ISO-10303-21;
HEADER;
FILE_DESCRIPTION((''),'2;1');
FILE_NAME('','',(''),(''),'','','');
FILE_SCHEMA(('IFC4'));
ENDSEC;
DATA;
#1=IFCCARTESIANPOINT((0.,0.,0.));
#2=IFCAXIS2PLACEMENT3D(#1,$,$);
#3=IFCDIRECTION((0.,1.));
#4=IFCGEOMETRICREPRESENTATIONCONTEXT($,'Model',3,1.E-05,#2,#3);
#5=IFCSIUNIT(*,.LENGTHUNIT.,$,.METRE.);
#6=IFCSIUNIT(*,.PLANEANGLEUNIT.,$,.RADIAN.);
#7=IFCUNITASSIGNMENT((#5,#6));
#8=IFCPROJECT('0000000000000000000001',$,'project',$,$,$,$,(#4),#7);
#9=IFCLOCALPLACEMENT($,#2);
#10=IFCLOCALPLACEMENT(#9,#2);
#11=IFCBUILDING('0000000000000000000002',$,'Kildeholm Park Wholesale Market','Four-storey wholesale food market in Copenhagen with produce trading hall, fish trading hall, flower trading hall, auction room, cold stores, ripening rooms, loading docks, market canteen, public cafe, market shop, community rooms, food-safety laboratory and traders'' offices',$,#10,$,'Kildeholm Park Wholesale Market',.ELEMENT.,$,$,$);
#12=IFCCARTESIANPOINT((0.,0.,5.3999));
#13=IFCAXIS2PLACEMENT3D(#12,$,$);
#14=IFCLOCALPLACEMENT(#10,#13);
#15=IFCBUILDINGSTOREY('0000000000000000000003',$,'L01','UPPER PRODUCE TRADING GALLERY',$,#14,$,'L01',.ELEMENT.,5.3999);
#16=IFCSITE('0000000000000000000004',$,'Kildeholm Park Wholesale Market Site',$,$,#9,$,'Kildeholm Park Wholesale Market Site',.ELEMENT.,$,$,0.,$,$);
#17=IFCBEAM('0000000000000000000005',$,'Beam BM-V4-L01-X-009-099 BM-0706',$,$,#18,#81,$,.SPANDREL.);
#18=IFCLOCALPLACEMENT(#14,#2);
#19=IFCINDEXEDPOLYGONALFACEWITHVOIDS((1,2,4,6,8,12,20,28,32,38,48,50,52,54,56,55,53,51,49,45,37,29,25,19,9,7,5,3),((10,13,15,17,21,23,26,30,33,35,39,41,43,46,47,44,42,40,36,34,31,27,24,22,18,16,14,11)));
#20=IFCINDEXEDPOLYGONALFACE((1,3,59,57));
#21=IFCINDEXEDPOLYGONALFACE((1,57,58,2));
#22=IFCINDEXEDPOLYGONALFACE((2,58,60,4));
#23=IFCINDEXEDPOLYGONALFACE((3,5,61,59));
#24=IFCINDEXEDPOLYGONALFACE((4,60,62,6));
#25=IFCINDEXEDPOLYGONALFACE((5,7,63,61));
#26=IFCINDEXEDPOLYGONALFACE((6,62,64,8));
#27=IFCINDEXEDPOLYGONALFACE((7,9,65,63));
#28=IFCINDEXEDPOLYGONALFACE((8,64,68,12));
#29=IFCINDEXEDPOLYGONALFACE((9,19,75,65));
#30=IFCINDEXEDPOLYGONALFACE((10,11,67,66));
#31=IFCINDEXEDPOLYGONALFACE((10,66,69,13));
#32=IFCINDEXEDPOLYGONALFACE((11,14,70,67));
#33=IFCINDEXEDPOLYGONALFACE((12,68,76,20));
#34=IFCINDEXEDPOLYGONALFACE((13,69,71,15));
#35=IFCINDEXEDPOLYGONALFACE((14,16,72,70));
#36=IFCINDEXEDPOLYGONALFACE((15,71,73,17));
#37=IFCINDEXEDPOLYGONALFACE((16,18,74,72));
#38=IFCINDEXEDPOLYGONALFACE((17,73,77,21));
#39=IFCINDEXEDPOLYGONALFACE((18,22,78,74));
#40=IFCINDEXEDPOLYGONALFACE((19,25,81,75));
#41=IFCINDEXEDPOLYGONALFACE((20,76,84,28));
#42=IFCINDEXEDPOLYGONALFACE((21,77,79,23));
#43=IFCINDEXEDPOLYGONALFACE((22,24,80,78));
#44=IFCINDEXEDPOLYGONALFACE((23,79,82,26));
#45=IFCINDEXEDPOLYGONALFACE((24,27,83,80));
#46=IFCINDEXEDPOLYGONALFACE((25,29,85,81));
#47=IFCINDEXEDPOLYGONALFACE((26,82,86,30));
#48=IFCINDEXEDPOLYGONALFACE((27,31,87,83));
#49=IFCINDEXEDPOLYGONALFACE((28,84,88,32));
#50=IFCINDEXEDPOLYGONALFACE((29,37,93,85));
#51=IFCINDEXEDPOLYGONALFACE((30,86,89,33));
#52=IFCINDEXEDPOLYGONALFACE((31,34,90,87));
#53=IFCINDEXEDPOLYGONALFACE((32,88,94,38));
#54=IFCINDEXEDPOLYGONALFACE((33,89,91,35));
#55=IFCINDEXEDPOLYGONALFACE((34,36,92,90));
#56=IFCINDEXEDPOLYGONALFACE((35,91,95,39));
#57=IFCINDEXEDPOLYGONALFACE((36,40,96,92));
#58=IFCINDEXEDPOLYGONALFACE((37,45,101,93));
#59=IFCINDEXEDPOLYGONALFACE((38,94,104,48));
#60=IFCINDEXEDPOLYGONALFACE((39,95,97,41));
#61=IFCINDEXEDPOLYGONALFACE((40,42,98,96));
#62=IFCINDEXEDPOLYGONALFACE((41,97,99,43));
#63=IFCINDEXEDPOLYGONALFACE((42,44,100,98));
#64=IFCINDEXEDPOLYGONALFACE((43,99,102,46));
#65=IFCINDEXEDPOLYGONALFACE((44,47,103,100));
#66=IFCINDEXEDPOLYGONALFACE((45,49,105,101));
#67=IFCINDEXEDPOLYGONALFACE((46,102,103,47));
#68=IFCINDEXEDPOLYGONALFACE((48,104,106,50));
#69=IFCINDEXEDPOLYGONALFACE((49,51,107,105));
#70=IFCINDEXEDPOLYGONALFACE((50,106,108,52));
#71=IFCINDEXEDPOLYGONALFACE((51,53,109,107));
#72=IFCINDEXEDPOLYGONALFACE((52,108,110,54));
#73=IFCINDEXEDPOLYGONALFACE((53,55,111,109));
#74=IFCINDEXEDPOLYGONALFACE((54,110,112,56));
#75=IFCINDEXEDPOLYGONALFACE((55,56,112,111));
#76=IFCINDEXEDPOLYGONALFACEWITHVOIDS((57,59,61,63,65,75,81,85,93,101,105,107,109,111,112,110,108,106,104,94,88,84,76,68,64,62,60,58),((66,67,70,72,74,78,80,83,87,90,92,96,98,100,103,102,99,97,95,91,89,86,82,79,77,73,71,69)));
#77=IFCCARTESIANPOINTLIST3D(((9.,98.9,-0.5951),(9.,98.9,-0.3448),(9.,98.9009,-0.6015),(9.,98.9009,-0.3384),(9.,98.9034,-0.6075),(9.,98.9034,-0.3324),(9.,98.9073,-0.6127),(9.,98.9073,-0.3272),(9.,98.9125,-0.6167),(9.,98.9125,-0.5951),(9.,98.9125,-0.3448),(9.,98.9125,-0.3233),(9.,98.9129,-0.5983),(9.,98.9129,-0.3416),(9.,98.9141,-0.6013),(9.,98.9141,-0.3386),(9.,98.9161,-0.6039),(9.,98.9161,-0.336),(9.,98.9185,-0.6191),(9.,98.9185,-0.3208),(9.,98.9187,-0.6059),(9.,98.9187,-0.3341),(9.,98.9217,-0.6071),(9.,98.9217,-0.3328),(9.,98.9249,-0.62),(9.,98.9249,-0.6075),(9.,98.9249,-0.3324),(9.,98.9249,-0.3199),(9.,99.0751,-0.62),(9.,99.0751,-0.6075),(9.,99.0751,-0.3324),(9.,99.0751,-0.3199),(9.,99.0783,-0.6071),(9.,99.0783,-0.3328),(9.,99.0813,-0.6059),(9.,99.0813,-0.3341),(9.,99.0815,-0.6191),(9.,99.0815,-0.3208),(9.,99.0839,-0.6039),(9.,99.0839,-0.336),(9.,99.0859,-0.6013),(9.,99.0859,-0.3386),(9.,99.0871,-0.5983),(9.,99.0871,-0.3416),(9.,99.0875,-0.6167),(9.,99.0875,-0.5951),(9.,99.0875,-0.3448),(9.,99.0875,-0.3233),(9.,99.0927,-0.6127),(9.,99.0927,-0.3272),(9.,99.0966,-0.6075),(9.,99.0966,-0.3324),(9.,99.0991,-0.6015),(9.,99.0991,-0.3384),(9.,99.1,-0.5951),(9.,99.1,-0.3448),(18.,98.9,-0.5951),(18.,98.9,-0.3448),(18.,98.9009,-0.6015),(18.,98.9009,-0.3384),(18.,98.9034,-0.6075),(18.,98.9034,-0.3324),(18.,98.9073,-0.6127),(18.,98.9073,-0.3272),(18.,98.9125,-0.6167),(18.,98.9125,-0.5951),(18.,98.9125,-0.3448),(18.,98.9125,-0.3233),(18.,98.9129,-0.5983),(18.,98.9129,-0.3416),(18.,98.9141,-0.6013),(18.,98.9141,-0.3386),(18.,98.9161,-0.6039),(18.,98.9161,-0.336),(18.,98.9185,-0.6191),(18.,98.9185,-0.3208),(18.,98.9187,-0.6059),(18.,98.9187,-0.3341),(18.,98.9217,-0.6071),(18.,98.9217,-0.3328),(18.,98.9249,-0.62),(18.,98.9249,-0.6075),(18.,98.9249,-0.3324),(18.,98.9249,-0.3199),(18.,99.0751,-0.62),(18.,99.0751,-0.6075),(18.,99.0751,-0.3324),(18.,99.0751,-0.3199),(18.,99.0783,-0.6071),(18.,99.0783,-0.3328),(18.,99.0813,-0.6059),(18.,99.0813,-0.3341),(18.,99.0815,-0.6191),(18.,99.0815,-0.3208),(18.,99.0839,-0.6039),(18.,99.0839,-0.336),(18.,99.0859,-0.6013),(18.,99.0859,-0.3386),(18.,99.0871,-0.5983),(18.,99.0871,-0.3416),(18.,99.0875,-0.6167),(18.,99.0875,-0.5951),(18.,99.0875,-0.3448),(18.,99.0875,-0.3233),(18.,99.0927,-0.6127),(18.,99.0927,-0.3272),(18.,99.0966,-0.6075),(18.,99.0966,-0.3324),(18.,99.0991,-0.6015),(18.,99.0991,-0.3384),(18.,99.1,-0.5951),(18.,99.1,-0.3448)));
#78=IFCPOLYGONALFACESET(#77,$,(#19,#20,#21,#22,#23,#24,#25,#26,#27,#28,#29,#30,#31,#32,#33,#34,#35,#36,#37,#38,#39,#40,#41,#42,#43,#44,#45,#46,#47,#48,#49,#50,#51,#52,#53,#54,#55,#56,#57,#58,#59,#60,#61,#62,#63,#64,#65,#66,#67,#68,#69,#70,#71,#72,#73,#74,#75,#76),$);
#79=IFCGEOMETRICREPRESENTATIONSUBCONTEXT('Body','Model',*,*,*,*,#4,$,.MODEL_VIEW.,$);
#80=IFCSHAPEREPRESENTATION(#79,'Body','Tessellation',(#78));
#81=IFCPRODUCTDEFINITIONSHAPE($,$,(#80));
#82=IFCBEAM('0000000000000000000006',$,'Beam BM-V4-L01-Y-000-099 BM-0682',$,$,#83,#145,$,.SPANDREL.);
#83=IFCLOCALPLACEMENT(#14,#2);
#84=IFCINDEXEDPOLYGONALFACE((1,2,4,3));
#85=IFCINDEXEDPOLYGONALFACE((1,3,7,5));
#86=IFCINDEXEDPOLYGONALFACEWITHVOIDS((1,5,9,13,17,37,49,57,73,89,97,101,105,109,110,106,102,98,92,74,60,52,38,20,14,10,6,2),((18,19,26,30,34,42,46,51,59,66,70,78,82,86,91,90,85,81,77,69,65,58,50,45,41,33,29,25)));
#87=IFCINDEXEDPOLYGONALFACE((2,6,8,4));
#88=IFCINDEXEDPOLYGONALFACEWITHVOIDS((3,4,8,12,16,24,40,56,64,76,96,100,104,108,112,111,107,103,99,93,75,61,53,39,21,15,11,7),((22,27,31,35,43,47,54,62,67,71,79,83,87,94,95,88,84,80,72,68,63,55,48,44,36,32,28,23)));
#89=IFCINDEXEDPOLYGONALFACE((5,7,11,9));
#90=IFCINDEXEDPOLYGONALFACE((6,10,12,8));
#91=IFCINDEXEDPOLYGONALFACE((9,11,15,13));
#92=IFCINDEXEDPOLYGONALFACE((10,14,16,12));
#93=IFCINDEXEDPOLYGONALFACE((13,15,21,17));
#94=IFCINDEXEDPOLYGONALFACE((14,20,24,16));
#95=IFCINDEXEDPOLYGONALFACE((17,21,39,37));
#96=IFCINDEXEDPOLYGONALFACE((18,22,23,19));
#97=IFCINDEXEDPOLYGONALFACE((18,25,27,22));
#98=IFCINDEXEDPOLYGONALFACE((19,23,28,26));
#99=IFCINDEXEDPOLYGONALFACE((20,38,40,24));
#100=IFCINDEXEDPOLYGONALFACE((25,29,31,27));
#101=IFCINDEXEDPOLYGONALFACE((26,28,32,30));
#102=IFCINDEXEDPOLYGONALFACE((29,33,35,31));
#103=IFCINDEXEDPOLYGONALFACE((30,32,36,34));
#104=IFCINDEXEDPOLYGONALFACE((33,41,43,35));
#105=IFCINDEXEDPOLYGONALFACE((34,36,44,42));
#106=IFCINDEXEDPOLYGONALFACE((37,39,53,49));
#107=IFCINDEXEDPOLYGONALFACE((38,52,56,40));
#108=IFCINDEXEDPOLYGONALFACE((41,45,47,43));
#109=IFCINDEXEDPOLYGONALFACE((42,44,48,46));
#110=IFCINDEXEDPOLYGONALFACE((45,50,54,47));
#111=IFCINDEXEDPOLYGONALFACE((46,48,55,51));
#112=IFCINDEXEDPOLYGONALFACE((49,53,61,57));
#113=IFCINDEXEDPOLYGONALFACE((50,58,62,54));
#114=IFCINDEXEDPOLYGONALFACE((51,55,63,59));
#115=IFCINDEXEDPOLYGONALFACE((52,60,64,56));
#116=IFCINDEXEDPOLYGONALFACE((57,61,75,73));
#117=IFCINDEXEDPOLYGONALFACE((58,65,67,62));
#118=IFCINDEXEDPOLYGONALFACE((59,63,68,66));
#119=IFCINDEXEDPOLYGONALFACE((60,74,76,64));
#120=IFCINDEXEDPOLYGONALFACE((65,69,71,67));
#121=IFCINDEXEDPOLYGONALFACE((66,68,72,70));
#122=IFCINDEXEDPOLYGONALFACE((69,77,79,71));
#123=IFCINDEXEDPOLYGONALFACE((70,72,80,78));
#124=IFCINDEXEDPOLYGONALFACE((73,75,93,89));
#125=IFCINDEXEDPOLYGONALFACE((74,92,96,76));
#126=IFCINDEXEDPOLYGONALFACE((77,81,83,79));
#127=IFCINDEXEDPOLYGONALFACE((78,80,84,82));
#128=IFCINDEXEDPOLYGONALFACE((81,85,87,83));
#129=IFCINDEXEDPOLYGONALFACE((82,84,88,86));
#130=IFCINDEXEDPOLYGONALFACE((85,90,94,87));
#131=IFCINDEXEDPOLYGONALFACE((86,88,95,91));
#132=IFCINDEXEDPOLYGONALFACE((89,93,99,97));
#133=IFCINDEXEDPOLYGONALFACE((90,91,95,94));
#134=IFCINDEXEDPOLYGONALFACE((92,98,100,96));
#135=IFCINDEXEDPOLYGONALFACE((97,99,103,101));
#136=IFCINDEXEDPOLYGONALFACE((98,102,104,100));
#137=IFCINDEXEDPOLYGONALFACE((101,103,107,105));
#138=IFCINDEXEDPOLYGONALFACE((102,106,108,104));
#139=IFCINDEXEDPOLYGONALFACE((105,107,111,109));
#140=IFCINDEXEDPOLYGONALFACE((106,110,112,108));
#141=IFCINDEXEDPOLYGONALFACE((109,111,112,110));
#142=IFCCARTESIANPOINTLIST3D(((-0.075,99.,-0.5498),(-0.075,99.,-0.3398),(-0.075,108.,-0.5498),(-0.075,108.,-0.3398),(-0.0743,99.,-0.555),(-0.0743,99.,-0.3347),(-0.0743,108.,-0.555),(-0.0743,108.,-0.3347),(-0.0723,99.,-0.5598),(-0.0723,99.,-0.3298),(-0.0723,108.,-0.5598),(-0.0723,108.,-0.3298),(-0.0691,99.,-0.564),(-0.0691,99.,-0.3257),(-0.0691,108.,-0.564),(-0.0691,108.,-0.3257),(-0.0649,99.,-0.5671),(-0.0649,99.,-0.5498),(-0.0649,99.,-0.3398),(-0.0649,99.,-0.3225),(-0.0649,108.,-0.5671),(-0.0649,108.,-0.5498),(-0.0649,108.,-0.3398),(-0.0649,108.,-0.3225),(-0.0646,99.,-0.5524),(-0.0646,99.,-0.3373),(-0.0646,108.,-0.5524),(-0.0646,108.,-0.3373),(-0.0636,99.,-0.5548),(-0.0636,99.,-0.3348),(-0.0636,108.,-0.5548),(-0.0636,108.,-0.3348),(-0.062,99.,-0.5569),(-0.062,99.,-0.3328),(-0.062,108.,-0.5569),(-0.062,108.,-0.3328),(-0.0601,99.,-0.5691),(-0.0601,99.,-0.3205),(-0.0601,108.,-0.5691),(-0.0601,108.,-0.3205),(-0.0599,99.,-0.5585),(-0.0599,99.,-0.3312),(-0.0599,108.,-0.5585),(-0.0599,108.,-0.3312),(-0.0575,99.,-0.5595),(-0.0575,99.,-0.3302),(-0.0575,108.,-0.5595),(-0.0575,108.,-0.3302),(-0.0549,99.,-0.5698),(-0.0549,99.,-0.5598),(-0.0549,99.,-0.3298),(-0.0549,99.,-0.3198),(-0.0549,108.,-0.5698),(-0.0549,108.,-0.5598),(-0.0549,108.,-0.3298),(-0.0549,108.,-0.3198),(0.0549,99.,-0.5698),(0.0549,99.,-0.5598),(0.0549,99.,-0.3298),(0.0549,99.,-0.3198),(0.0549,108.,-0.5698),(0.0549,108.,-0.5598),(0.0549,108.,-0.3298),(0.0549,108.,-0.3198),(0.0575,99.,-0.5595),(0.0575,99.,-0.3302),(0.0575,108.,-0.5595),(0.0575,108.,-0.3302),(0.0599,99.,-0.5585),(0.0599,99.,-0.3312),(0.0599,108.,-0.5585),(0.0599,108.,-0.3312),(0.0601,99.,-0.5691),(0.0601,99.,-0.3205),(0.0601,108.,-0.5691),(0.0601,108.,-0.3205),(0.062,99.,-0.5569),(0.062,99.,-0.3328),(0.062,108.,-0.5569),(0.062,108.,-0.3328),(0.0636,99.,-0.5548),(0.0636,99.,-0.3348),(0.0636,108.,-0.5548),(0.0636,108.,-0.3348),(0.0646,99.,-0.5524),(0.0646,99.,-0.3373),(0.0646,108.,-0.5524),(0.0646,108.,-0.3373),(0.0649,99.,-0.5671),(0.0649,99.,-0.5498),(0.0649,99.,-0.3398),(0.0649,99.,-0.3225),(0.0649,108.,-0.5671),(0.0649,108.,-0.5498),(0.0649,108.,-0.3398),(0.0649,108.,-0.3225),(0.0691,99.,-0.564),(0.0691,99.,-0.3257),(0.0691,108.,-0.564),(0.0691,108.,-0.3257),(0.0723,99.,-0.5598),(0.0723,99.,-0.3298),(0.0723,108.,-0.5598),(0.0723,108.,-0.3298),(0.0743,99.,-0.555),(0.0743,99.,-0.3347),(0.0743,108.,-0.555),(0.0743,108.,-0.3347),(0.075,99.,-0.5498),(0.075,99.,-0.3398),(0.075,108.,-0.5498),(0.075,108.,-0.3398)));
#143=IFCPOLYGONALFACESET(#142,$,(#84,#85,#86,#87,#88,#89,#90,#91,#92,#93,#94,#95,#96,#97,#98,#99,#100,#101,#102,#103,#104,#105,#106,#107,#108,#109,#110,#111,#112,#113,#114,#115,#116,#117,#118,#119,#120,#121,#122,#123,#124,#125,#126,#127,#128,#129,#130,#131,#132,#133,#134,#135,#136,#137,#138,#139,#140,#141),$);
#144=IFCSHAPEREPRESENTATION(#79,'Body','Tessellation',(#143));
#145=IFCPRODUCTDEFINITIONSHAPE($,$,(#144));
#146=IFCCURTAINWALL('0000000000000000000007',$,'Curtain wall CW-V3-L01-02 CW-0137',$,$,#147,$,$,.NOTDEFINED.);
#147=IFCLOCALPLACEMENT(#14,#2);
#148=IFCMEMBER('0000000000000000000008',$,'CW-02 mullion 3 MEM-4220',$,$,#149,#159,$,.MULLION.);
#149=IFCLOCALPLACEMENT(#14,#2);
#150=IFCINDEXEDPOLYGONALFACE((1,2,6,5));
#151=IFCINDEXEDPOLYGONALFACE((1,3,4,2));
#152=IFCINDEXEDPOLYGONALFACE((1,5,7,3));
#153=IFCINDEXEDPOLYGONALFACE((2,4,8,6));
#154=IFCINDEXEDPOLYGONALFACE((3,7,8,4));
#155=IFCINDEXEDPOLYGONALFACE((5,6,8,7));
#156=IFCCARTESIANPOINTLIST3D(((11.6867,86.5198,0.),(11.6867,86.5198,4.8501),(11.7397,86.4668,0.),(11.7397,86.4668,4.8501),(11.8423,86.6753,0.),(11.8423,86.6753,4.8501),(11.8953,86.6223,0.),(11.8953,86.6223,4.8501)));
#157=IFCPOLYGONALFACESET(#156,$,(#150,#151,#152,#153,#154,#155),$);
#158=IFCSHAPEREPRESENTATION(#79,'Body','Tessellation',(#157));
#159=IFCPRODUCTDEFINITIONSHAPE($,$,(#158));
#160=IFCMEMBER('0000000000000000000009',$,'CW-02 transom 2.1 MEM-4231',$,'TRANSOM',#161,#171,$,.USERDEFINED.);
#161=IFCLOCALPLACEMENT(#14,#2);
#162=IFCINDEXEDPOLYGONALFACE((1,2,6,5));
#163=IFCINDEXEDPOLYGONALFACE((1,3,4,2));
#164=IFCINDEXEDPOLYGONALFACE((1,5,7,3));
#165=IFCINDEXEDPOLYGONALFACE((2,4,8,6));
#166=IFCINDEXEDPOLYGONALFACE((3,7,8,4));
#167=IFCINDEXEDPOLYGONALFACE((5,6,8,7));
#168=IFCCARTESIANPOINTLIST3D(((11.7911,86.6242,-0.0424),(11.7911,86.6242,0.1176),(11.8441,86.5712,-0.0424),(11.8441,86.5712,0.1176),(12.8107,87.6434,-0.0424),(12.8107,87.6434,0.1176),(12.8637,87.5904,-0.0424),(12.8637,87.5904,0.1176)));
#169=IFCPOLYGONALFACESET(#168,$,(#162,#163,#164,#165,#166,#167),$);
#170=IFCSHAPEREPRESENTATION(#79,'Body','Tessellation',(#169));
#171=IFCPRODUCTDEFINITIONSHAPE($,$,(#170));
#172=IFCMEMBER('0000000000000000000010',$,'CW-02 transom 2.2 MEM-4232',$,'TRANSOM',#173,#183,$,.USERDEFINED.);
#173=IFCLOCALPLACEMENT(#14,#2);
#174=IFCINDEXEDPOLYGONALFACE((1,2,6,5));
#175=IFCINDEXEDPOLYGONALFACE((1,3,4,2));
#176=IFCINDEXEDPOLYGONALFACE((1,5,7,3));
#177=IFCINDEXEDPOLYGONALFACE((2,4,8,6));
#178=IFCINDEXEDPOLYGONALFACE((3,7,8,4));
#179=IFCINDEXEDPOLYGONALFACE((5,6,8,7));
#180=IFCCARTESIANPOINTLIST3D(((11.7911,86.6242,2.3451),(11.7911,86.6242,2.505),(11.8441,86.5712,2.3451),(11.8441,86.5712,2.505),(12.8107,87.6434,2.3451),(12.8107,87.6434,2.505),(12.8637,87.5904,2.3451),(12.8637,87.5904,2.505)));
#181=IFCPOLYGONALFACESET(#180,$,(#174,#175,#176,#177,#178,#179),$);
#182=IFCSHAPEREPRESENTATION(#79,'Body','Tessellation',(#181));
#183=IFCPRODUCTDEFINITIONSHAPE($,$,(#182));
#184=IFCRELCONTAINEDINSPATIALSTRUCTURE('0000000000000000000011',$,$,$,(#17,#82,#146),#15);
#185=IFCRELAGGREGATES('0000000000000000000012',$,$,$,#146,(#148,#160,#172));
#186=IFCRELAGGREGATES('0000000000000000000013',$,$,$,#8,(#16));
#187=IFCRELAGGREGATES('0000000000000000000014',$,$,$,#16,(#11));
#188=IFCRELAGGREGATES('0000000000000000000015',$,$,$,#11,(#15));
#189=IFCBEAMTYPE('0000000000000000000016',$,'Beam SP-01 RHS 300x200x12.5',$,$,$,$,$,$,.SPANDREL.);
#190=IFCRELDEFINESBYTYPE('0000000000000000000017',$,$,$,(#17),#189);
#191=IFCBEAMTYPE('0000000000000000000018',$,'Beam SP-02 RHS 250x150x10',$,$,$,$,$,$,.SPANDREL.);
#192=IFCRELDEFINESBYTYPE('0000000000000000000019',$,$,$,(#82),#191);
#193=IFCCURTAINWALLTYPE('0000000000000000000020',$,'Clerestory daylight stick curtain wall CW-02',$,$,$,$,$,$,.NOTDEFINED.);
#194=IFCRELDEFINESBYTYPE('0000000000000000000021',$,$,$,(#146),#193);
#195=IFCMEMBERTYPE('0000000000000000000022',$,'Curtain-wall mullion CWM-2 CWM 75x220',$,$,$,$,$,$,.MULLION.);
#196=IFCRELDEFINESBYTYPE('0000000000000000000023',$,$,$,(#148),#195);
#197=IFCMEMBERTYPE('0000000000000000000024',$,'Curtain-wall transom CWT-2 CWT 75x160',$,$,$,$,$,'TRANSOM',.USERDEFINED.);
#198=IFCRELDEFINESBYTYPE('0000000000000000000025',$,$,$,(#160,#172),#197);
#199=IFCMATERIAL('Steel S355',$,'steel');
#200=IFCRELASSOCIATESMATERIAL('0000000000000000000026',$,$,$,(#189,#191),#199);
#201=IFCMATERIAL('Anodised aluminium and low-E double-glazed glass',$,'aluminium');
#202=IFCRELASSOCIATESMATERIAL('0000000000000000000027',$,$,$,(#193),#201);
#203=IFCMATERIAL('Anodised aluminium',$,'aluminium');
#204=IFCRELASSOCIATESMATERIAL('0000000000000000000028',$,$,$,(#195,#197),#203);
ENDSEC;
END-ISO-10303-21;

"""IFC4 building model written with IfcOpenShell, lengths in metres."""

from ifc_helpers import new_model, si_unit, direction, frame, origin, origin_2d, place, context, subcontext, project, spatial, rectangle, hollow_rectangle, extrude, material, material_profile, profile_set, type_object, element, aggregate, save


model = new_model("IFC4")

# Units and contexts
model_context = context("Model", 3, precision=1e-05, world=origin(), true_north=direction((0.0, 1.0)))
body_context = subcontext(model_context, "Body", "Model", "MODEL_VIEW")
ifc_project = project(units=[si_unit("LENGTHUNIT", "METRE"), si_unit("PLANEANGLEUNIT", "RADIAN")], contexts=[model_context])

# Site, building, storey
site_placement = place(None, origin())
site = spatial("IfcSite", under=ifc_project, at=site_placement, Name="Kildeholm Park Wholesale Market Site", LongName="Kildeholm Park Wholesale Market Site", CompositionType="ELEMENT", RefElevation=0.0)
building_placement = place(site_placement, origin())
building = spatial("IfcBuilding", under=site, at=building_placement, Name="Kildeholm Park Wholesale Market", Description="Four-storey wholesale food market in Copenhagen with produce trading hall, fish trading hall, flower trading hall, auction room, cold stores, ripening rooms, loading docks, market canteen, public cafe, market shop, community rooms, food-safety laboratory and traders' offices", LongName="Kildeholm Park Wholesale Market", CompositionType="ELEMENT")
storey_placement = place(building_placement, frame((0.0, 0.0, 5.3999)))
storey = spatial("IfcBuildingStorey", under=building, at=storey_placement, Name="L01", Description="UPPER PRODUCE TRADING GALLERY", LongName="L01", CompositionType="ELEMENT", Elevation=5.3999)

# Beams
ifc_material_1 = material(Name="Steel S355", Category="steel")
ifc_material_profile_1 = material_profile(ifc_material_1, hollow_rectangle(XDim=0.2, YDim=0.3, WallThickness=0.0125, InnerFilletRadius=0.0125, OuterFilletRadius=0.0249, at=origin_2d()), Name="RHS 300x200x12.5")
ifc_profile_set_1 = profile_set([ifc_material_profile_1], Name="Steel S355")
beam_type_1 = type_object("IfcBeamType", Name="Beam SP-01 RHS 300x200x12.5", PredefinedType="SPANDREL", material=ifc_profile_set_1)
for number, where, z_axis, x_axis, name in (
    (1, (9.0, 99.0, -0.47), (1.0, 0.0, 0.0), (0.0, 1.0, 0.0), "Beam BM-V4-L01-X-009-099 BM-0706"),
):
    element("IfcBeam", number, at=place(storey_placement, frame(where, z_axis=z_axis, x_axis=x_axis)), inside=storey, type_object=beam_type_1, Name=name, PredefinedType="SPANDREL", context=body_context, shape_type="SweptSolid", body=[
        extrude(hollow_rectangle(XDim=0.2, YDim=0.3, WallThickness=0.0125, InnerFilletRadius=0.0125, OuterFilletRadius=0.0249, at=origin_2d()), origin(), (0.0, 0.0, 1.0), 9.0),
    ])
ifc_material_profile_2 = material_profile(ifc_material_1, hollow_rectangle(XDim=0.1499, YDim=0.25, WallThickness=0.01, InnerFilletRadius=0.01, OuterFilletRadius=0.02, at=origin_2d()), Name="RHS 250x150x10")
ifc_profile_set_2 = profile_set([ifc_material_profile_2], Name="Steel S355")
beam_type_2 = type_object("IfcBeamType", Name="Beam SP-02 RHS 250x150x10", PredefinedType="SPANDREL", material=ifc_profile_set_2)
beam_1_placement = place(storey_placement, frame((0.0, 99.0, -0.4448), z_axis=(0.0, 1.0, 0.0), x_axis=(-1.0, 0.0, 0.0)))
element("IfcBeam", 2, at=beam_1_placement, inside=storey, type_object=beam_type_2, Name="Beam BM-V4-L01-Y-000-099 BM-0682", PredefinedType="SPANDREL", context=body_context, shape_type="SweptSolid", body=[
    extrude(hollow_rectangle(XDim=0.1499, YDim=0.25, WallThickness=0.01, InnerFilletRadius=0.01, OuterFilletRadius=0.02, at=origin_2d()), origin(), (0.0, 0.0, 1.0), 9.0),
])

# Curtain wall, members
ifc_material_2 = material(Name="Anodised aluminium and low-E double-glazed glass", Category="aluminium")
curtain_wall_type = type_object("IfcCurtainWallType", Name="Clerestory daylight stick curtain wall CW-02", PredefinedType="NOTDEFINED", material=ifc_material_2)
curtain_wall_placement = place(storey_placement, origin())
curtain_wall = element("IfcCurtainWall", 3, at=curtain_wall_placement, inside=storey, type_object=curtain_wall_type, Name="Curtain wall CW-V3-L01-02 CW-0137", PredefinedType="NOTDEFINED")
ifc_material_3 = material(Name="Anodised aluminium", Category="aluminium")
ifc_material_profile_3 = material_profile(ifc_material_3, rectangle(XDim=0.075, YDim=0.22, at=origin_2d()), Name="CWM 75x220")
ifc_profile_set_3 = profile_set([ifc_material_profile_3], Name="Anodised aluminium")
member_type_1 = type_object("IfcMemberType", Name="Curtain-wall mullion CWM-2 CWM 75x220", PredefinedType="MULLION", material=ifc_profile_set_3)
member_1_placement = place(storey_placement, frame((11.791, 86.571, 0.0), z_axis=(0.0, 0.0, 1.0), x_axis=(0.707107, -0.707107, 0.0)))
member_1 = element("IfcMember", 4, at=member_1_placement, type_object=member_type_1, Name="CW-02 mullion 3 MEM-4220", PredefinedType="MULLION", context=body_context, shape_type="SweptSolid", body=[
    extrude(rectangle(XDim=0.075, YDim=0.22, at=origin_2d()), origin(), (0.0, 0.0, 1.0), 4.8501),
])
ifc_material_profile_4 = material_profile(ifc_material_3, rectangle(XDim=0.075, YDim=0.1599, at=origin_2d()), Name="CWT 75x160")
ifc_profile_set_4 = profile_set([ifc_material_profile_4], Name="Anodised aluminium")
member_type_2 = type_object("IfcMemberType", Name="Curtain-wall transom CWT-2 CWT 75x160", ElementType="TRANSOM", PredefinedType="USERDEFINED", material=ifc_profile_set_4)
member_2_placement = place(storey_placement, frame((12.8372, 87.6169, 0.0376), z_axis=(-0.707191, -0.707022, 0.0), x_axis=(0.707022, -0.707191, 0.0)))
member_2 = element("IfcMember", 5, at=member_2_placement, type_object=member_type_2, Name="CW-02 transom 2.1 MEM-4231", ObjectType="TRANSOM", PredefinedType="USERDEFINED", context=body_context, shape_type="SweptSolid", body=[
    extrude(rectangle(XDim=0.075, YDim=0.1599, at=origin_2d()), origin(), (0.0, 0.0, 1.0), 1.4417),
])
member_3_placement = place(storey_placement, frame((12.8372, 87.6169, 2.425), z_axis=(-0.707191, -0.707022, 0.0), x_axis=(0.707022, -0.707191, 0.0)))
member_3 = element("IfcMember", 6, at=member_3_placement, type_object=member_type_2, Name="CW-02 transom 2.2 MEM-4232", ObjectType="TRANSOM", PredefinedType="USERDEFINED", context=body_context, shape_type="SweptSolid", body=[
    extrude(rectangle(XDim=0.075, YDim=0.1599, at=origin_2d()), origin(), (0.0, 0.0, 1.0), 1.4417),
])

aggregate(curtain_wall, [member_1, member_2, member_3])

save(model, "model.ifc")
